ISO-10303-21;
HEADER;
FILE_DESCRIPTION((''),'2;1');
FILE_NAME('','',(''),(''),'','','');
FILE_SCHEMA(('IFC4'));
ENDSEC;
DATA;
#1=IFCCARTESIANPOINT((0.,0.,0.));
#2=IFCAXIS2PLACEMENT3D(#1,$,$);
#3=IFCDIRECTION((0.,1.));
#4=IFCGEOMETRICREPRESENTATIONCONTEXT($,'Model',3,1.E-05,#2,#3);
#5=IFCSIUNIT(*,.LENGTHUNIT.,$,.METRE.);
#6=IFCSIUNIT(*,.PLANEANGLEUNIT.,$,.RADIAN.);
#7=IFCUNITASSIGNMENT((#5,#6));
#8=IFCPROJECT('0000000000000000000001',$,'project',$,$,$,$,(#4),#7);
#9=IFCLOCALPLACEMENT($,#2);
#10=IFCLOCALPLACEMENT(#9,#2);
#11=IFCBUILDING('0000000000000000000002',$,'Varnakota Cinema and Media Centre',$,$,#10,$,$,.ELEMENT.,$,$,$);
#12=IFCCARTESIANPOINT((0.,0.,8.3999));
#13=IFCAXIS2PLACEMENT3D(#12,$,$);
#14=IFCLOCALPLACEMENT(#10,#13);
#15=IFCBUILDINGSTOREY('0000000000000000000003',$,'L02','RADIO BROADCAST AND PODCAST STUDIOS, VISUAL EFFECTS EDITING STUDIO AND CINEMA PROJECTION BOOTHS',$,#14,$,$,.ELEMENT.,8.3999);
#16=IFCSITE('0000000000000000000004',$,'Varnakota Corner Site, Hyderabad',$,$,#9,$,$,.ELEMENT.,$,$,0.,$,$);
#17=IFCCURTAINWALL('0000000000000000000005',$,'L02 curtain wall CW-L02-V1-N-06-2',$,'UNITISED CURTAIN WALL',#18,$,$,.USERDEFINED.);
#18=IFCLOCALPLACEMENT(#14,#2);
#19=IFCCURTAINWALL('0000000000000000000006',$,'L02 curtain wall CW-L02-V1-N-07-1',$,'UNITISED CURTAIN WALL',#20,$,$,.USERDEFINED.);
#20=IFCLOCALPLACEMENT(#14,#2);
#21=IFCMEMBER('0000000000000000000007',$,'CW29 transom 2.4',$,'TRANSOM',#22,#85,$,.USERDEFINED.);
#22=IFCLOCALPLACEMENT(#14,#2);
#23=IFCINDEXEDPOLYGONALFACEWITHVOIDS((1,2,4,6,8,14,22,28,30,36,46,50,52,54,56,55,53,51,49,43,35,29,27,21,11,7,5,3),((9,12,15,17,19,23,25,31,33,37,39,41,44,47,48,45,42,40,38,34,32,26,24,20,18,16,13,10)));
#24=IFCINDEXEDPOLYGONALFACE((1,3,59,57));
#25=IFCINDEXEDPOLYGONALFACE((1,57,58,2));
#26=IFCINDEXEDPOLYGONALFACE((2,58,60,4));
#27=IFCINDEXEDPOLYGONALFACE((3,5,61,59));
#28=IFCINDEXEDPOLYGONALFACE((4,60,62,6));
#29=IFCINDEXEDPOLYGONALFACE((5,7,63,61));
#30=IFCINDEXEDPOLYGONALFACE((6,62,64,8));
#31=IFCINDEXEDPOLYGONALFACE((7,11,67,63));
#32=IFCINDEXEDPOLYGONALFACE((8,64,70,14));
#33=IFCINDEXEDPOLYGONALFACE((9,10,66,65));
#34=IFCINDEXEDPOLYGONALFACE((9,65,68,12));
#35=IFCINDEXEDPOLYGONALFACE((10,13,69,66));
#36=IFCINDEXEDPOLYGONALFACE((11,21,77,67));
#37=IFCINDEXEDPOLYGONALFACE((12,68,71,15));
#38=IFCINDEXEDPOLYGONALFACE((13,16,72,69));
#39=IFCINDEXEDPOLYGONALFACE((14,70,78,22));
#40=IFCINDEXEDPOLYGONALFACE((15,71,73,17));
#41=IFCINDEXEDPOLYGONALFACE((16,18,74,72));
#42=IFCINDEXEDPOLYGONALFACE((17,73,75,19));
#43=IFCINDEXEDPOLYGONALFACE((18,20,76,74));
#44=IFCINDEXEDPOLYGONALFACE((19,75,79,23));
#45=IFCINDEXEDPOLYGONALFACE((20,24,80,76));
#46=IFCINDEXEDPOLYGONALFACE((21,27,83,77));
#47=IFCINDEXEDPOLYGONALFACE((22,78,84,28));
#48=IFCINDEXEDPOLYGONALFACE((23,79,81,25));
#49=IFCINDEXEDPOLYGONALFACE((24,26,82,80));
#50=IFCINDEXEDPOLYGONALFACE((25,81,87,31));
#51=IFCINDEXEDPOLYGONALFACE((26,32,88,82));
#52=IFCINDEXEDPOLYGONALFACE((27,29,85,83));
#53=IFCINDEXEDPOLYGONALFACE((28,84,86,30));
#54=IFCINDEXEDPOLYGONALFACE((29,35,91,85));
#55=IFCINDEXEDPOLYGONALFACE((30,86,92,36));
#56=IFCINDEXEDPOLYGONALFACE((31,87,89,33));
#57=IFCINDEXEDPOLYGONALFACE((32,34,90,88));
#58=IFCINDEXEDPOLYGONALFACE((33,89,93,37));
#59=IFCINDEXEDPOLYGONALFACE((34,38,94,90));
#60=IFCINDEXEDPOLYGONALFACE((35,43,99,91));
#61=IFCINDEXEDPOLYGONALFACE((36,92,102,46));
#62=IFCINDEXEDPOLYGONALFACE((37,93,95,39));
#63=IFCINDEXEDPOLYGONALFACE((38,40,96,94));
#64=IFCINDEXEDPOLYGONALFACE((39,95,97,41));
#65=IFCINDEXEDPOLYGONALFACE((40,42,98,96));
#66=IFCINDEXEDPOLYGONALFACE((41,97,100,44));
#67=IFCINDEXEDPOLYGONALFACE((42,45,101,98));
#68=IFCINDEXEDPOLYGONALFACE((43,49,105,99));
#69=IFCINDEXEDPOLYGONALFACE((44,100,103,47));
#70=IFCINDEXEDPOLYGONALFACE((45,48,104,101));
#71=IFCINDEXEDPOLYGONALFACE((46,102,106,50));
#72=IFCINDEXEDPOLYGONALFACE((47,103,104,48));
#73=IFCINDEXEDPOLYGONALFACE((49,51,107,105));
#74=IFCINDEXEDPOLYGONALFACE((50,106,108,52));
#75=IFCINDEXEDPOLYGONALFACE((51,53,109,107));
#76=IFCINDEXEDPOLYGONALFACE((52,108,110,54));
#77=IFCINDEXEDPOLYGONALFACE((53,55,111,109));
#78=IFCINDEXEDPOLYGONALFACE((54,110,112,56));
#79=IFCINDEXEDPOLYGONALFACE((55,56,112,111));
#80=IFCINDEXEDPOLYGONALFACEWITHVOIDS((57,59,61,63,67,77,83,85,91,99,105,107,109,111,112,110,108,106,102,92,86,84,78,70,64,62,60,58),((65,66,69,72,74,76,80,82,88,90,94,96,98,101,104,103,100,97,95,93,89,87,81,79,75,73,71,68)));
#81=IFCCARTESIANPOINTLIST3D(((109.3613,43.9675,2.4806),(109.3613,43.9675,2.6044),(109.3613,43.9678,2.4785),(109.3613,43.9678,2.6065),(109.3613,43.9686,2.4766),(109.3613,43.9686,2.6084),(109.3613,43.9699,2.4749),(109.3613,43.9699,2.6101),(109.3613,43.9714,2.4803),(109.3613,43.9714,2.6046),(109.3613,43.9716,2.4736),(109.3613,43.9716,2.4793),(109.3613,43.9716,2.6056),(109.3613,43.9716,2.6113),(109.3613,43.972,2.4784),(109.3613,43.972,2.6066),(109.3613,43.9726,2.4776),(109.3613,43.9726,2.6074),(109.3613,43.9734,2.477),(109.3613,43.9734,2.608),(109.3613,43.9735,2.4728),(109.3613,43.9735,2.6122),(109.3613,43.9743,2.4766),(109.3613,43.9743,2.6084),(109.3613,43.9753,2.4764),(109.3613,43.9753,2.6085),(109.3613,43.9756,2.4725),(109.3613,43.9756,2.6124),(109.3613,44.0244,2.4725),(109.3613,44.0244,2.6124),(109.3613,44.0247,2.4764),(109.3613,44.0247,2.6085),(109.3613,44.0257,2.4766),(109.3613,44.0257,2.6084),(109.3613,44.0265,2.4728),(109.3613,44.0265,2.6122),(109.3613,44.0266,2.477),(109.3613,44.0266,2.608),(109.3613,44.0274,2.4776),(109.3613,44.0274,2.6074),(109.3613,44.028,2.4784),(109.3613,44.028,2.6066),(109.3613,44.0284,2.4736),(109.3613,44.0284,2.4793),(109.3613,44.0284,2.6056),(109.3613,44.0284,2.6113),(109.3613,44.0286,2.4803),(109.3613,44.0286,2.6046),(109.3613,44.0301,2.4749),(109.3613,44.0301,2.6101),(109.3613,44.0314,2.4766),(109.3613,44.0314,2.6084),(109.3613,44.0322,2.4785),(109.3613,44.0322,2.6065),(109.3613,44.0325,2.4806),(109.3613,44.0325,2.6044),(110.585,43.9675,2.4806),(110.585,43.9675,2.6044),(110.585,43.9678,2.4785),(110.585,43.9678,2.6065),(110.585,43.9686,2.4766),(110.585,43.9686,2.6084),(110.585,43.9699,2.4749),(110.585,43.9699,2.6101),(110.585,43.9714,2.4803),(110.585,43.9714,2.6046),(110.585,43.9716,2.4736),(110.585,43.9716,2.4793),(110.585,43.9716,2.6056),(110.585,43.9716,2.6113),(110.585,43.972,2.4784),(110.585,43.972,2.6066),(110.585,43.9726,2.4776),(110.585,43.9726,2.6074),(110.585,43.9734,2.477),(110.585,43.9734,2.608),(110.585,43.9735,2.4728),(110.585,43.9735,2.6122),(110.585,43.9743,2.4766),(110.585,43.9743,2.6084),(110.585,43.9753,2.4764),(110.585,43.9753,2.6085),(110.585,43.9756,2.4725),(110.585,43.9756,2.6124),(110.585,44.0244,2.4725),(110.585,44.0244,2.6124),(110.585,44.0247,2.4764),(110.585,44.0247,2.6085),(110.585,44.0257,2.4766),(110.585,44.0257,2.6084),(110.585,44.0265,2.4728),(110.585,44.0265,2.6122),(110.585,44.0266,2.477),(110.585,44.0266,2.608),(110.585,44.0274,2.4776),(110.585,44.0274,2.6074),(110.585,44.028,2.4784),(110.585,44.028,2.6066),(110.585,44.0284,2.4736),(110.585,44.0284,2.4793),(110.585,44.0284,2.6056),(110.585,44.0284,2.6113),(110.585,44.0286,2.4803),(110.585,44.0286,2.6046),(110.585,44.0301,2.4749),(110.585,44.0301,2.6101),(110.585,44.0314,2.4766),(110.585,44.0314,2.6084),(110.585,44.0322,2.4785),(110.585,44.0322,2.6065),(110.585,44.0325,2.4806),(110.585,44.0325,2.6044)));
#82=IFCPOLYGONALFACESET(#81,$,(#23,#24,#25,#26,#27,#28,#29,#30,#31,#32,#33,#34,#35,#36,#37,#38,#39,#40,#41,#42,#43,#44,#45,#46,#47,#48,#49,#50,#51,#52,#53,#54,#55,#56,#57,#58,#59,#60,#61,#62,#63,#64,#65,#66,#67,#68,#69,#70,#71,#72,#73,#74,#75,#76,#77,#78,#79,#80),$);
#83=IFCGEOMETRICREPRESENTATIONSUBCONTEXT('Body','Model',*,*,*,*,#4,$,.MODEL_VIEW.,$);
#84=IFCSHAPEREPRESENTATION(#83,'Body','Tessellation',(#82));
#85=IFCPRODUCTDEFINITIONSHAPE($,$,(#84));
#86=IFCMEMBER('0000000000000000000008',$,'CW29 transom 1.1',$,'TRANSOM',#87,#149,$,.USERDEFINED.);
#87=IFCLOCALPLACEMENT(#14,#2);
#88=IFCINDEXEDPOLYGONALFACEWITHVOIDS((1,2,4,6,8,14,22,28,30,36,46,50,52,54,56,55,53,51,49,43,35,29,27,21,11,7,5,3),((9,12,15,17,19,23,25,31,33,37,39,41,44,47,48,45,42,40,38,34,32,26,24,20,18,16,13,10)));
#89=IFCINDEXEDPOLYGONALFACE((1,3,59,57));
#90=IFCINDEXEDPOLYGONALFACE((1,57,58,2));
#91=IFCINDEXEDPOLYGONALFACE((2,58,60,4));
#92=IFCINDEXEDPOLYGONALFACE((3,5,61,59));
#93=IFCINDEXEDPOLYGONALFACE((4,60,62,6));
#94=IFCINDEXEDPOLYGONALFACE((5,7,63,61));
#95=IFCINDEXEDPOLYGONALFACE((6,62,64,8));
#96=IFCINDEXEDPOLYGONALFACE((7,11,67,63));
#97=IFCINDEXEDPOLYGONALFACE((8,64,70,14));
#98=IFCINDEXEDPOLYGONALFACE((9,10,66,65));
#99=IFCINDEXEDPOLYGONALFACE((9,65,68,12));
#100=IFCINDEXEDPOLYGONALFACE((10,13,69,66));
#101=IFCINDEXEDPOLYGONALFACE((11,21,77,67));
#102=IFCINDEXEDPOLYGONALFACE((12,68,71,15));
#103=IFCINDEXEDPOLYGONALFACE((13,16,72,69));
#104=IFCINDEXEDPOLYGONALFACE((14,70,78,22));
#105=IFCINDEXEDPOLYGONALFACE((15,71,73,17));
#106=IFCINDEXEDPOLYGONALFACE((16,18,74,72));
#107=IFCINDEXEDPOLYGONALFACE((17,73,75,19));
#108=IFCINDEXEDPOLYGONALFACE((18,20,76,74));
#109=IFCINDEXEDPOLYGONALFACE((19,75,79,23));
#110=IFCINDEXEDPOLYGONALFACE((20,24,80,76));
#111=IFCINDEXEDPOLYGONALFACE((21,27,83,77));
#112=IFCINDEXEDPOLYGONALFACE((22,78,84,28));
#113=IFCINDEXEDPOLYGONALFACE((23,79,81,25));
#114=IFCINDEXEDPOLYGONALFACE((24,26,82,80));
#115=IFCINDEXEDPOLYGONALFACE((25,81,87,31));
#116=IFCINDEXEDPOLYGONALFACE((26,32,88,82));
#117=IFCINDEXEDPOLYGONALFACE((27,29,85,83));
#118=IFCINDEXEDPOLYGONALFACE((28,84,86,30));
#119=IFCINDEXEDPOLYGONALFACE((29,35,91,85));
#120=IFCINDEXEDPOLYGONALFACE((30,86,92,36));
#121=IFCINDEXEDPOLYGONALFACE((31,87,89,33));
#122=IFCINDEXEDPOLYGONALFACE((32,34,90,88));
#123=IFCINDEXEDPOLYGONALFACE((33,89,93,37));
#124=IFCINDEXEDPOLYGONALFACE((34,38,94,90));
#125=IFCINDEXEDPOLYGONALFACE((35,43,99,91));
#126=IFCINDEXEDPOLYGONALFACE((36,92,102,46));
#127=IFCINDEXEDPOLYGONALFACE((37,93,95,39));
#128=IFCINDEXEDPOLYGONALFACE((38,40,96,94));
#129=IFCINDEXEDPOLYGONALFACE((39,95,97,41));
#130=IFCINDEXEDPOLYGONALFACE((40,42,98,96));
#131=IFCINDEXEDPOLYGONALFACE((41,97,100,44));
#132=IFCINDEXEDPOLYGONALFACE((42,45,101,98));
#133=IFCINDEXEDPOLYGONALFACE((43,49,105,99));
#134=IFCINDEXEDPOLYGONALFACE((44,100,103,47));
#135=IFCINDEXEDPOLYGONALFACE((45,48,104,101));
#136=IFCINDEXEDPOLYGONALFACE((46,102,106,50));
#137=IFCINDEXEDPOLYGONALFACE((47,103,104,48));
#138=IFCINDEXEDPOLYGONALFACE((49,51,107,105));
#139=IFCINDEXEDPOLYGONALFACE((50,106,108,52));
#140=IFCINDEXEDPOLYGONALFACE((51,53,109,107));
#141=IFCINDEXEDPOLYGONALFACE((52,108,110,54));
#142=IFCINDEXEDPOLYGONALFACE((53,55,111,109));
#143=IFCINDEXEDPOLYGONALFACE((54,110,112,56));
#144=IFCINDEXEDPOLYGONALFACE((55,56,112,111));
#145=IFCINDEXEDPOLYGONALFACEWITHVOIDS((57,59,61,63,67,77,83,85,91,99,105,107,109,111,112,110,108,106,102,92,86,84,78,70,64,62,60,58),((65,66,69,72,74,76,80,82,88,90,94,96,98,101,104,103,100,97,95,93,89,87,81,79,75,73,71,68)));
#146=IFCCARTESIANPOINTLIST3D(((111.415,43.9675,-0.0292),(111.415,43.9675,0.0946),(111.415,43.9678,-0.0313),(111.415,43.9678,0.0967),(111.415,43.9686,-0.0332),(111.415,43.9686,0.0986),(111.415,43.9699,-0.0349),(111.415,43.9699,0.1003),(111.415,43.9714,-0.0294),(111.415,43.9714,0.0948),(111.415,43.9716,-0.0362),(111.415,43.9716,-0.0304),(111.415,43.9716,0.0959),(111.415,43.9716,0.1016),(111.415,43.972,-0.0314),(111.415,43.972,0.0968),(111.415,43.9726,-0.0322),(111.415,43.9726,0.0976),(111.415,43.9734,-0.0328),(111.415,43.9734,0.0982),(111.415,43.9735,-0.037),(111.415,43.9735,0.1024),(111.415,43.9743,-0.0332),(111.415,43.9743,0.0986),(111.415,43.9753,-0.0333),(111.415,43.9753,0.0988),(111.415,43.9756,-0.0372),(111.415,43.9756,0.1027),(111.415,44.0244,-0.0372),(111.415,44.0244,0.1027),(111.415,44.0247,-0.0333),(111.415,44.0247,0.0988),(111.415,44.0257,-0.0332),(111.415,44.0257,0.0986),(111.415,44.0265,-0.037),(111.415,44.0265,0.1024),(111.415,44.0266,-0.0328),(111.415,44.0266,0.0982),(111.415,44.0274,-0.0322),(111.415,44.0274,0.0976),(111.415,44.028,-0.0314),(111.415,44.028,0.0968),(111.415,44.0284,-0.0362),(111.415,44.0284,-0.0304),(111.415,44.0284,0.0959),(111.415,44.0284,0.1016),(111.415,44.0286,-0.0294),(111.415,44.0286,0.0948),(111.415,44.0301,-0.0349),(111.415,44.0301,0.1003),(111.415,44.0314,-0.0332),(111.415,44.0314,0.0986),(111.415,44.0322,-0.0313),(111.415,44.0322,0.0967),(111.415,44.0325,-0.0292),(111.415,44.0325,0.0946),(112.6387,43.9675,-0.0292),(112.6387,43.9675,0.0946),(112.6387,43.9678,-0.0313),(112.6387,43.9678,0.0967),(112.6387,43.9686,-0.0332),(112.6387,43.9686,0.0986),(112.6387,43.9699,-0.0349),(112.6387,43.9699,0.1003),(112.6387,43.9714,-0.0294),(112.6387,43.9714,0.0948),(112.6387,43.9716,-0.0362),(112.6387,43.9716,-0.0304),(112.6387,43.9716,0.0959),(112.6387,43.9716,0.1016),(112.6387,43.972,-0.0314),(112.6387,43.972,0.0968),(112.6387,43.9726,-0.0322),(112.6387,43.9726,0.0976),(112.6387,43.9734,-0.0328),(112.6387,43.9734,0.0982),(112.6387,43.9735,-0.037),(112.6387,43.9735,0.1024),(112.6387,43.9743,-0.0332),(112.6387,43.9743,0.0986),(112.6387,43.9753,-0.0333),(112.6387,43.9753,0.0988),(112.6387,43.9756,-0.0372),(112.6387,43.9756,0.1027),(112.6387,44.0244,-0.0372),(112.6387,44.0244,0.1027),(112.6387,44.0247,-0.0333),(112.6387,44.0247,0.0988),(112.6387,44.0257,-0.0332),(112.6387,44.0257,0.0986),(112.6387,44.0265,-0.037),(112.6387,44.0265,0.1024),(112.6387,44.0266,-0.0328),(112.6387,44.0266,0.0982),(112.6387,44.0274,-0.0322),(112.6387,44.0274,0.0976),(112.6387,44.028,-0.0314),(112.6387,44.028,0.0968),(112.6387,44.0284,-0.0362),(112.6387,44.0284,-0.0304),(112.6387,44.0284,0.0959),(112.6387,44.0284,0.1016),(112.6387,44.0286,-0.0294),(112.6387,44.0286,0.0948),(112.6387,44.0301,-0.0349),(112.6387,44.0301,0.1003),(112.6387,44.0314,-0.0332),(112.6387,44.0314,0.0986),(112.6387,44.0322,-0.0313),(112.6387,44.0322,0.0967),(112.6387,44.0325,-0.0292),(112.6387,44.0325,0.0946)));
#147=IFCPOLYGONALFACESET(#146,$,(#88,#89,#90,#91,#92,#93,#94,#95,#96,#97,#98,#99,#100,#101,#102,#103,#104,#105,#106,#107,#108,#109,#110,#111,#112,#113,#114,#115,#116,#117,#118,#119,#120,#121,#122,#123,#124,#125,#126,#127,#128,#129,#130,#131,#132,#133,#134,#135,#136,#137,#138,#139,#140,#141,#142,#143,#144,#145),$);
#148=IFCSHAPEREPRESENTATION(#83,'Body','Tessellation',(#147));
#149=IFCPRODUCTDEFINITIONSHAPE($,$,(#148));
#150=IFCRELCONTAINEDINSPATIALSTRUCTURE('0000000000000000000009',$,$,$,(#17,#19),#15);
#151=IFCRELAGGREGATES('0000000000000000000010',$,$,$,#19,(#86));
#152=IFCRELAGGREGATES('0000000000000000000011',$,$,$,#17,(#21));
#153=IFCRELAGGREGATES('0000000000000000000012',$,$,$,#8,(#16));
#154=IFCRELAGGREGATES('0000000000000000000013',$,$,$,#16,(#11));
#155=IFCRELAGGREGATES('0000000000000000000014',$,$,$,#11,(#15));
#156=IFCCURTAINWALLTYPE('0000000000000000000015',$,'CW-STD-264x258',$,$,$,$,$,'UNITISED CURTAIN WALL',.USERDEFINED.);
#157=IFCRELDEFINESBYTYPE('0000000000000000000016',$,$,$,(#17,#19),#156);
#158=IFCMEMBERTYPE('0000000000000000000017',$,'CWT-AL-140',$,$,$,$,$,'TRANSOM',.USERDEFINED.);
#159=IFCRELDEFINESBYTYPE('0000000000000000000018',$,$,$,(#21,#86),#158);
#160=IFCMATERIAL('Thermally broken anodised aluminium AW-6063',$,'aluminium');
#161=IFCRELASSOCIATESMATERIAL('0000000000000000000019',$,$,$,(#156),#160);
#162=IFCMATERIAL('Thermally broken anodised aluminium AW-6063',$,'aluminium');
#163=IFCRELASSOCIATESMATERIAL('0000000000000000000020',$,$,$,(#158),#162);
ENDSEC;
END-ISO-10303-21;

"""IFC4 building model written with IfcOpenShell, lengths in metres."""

from ifc_helpers import new_model, si_unit, direction, frame, origin, origin_2d, place, context, subcontext, project, spatial, hollow_rectangle, extrude, material, material_profile, profile_set, type_object, element, aggregate, save


model = new_model("IFC4")

# Units and contexts
model_context = context("Model", 3, precision=1e-05, world=origin(), true_north=direction((0.0, 1.0)))
body_context = subcontext(model_context, "Body", "Model", "MODEL_VIEW")
ifc_project = project(units=[si_unit("LENGTHUNIT", "METRE"), si_unit("PLANEANGLEUNIT", "RADIAN")], contexts=[model_context])

# Site, building, storey
site_placement = place(None, origin())
site = spatial("IfcSite", under=ifc_project, at=site_placement, Name="Varnakota Corner Site, Hyderabad", CompositionType="ELEMENT", RefElevation=0.0)
building_placement = place(site_placement, origin())
building = spatial("IfcBuilding", under=site, at=building_placement, Name="Varnakota Cinema and Media Centre", CompositionType="ELEMENT")
storey_placement = place(building_placement, frame((0.0, 0.0, 8.3999)))
storey = spatial("IfcBuildingStorey", under=building, at=storey_placement, Name="L02", Description="RADIO BROADCAST AND PODCAST STUDIOS, VISUAL EFFECTS EDITING STUDIO AND CINEMA PROJECTION BOOTHS", CompositionType="ELEMENT", Elevation=8.3999)

# Shared definitions
ifc_material_1 = material(Name="Thermally broken anodised aluminium AW-6063", Category="aluminium")
curtain_wall_type = type_object("IfcCurtainWallType", Name="CW-STD-264x258", ElementType="UNITISED CURTAIN WALL", PredefinedType="USERDEFINED", material=ifc_material_1)

# Curtain wall
curtain_wall_1_placement = place(storey_placement, origin())
curtain_wall_1 = element("IfcCurtainWall", 1, at=curtain_wall_1_placement, inside=storey, type_object=curtain_wall_type, Name="L02 curtain wall CW-L02-V1-N-06-2", ObjectType="UNITISED CURTAIN WALL", PredefinedType="USERDEFINED")

# Curtain wall
curtain_wall_2_placement = place(storey_placement, origin())
curtain_wall_2 = element("IfcCurtainWall", 2, at=curtain_wall_2_placement, inside=storey, type_object=curtain_wall_type, Name="L02 curtain wall CW-L02-V1-N-07-1", ObjectType="UNITISED CURTAIN WALL", PredefinedType="USERDEFINED")

# Members
ifc_material_2 = material(Name="Thermally broken anodised aluminium AW-6063", Category="aluminium")
ifc_material_profile_1 = material_profile(ifc_material_2, hollow_rectangle(XDim=0.0649, YDim=0.1399, WallThickness=0.0039, InnerFilletRadius=0.0039, OuterFilletRadius=0.0081, at=origin_2d()), Name="AL-TRANSOM 140x65x4")
ifc_profile_set_1 = profile_set([ifc_material_profile_1], Name="Thermally broken anodised aluminium AW-6063")
member_type_1 = type_object("IfcMemberType", Name="CWT-AL-140", ElementType="TRANSOM", PredefinedType="USERDEFINED", material=ifc_profile_set_1)
member_1_placement = place(storey_placement, frame((109.3613, 44.0, 2.5425), z_axis=(1.0, 0.0, 0.0), x_axis=(0.0, 1.0, 0.0)))
member_1 = element("IfcMember", 3, at=member_1_placement, type_object=member_type_1, Name="CW29 transom 2.4", ObjectType="TRANSOM", PredefinedType="USERDEFINED", context=body_context, shape_type="SweptSolid", body=[
    extrude(hollow_rectangle(XDim=0.0649, YDim=0.1399, WallThickness=0.0039, InnerFilletRadius=0.0039, OuterFilletRadius=0.0081, at=origin_2d()), origin(), (0.0, 0.0, 1.0), 1.2236),
])
member_2_placement = place(storey_placement, frame((111.415, 44.0, 0.0327), z_axis=(1.0, 0.0, 0.0), x_axis=(0.0, 1.0, 0.0)))
member_2 = element("IfcMember", 4, at=member_2_placement, type_object=member_type_1, Name="CW29 transom 1.1", ObjectType="TRANSOM", PredefinedType="USERDEFINED", context=body_context, shape_type="SweptSolid", body=[
    extrude(hollow_rectangle(XDim=0.0649, YDim=0.1399, WallThickness=0.0039, InnerFilletRadius=0.0039, OuterFilletRadius=0.0081, at=origin_2d()), origin(), (0.0, 0.0, 1.0), 1.2236),
])
aggregate(curtain_wall_2, [member_2])

aggregate(curtain_wall_1, [member_1])

save(model, "model.ifc")
